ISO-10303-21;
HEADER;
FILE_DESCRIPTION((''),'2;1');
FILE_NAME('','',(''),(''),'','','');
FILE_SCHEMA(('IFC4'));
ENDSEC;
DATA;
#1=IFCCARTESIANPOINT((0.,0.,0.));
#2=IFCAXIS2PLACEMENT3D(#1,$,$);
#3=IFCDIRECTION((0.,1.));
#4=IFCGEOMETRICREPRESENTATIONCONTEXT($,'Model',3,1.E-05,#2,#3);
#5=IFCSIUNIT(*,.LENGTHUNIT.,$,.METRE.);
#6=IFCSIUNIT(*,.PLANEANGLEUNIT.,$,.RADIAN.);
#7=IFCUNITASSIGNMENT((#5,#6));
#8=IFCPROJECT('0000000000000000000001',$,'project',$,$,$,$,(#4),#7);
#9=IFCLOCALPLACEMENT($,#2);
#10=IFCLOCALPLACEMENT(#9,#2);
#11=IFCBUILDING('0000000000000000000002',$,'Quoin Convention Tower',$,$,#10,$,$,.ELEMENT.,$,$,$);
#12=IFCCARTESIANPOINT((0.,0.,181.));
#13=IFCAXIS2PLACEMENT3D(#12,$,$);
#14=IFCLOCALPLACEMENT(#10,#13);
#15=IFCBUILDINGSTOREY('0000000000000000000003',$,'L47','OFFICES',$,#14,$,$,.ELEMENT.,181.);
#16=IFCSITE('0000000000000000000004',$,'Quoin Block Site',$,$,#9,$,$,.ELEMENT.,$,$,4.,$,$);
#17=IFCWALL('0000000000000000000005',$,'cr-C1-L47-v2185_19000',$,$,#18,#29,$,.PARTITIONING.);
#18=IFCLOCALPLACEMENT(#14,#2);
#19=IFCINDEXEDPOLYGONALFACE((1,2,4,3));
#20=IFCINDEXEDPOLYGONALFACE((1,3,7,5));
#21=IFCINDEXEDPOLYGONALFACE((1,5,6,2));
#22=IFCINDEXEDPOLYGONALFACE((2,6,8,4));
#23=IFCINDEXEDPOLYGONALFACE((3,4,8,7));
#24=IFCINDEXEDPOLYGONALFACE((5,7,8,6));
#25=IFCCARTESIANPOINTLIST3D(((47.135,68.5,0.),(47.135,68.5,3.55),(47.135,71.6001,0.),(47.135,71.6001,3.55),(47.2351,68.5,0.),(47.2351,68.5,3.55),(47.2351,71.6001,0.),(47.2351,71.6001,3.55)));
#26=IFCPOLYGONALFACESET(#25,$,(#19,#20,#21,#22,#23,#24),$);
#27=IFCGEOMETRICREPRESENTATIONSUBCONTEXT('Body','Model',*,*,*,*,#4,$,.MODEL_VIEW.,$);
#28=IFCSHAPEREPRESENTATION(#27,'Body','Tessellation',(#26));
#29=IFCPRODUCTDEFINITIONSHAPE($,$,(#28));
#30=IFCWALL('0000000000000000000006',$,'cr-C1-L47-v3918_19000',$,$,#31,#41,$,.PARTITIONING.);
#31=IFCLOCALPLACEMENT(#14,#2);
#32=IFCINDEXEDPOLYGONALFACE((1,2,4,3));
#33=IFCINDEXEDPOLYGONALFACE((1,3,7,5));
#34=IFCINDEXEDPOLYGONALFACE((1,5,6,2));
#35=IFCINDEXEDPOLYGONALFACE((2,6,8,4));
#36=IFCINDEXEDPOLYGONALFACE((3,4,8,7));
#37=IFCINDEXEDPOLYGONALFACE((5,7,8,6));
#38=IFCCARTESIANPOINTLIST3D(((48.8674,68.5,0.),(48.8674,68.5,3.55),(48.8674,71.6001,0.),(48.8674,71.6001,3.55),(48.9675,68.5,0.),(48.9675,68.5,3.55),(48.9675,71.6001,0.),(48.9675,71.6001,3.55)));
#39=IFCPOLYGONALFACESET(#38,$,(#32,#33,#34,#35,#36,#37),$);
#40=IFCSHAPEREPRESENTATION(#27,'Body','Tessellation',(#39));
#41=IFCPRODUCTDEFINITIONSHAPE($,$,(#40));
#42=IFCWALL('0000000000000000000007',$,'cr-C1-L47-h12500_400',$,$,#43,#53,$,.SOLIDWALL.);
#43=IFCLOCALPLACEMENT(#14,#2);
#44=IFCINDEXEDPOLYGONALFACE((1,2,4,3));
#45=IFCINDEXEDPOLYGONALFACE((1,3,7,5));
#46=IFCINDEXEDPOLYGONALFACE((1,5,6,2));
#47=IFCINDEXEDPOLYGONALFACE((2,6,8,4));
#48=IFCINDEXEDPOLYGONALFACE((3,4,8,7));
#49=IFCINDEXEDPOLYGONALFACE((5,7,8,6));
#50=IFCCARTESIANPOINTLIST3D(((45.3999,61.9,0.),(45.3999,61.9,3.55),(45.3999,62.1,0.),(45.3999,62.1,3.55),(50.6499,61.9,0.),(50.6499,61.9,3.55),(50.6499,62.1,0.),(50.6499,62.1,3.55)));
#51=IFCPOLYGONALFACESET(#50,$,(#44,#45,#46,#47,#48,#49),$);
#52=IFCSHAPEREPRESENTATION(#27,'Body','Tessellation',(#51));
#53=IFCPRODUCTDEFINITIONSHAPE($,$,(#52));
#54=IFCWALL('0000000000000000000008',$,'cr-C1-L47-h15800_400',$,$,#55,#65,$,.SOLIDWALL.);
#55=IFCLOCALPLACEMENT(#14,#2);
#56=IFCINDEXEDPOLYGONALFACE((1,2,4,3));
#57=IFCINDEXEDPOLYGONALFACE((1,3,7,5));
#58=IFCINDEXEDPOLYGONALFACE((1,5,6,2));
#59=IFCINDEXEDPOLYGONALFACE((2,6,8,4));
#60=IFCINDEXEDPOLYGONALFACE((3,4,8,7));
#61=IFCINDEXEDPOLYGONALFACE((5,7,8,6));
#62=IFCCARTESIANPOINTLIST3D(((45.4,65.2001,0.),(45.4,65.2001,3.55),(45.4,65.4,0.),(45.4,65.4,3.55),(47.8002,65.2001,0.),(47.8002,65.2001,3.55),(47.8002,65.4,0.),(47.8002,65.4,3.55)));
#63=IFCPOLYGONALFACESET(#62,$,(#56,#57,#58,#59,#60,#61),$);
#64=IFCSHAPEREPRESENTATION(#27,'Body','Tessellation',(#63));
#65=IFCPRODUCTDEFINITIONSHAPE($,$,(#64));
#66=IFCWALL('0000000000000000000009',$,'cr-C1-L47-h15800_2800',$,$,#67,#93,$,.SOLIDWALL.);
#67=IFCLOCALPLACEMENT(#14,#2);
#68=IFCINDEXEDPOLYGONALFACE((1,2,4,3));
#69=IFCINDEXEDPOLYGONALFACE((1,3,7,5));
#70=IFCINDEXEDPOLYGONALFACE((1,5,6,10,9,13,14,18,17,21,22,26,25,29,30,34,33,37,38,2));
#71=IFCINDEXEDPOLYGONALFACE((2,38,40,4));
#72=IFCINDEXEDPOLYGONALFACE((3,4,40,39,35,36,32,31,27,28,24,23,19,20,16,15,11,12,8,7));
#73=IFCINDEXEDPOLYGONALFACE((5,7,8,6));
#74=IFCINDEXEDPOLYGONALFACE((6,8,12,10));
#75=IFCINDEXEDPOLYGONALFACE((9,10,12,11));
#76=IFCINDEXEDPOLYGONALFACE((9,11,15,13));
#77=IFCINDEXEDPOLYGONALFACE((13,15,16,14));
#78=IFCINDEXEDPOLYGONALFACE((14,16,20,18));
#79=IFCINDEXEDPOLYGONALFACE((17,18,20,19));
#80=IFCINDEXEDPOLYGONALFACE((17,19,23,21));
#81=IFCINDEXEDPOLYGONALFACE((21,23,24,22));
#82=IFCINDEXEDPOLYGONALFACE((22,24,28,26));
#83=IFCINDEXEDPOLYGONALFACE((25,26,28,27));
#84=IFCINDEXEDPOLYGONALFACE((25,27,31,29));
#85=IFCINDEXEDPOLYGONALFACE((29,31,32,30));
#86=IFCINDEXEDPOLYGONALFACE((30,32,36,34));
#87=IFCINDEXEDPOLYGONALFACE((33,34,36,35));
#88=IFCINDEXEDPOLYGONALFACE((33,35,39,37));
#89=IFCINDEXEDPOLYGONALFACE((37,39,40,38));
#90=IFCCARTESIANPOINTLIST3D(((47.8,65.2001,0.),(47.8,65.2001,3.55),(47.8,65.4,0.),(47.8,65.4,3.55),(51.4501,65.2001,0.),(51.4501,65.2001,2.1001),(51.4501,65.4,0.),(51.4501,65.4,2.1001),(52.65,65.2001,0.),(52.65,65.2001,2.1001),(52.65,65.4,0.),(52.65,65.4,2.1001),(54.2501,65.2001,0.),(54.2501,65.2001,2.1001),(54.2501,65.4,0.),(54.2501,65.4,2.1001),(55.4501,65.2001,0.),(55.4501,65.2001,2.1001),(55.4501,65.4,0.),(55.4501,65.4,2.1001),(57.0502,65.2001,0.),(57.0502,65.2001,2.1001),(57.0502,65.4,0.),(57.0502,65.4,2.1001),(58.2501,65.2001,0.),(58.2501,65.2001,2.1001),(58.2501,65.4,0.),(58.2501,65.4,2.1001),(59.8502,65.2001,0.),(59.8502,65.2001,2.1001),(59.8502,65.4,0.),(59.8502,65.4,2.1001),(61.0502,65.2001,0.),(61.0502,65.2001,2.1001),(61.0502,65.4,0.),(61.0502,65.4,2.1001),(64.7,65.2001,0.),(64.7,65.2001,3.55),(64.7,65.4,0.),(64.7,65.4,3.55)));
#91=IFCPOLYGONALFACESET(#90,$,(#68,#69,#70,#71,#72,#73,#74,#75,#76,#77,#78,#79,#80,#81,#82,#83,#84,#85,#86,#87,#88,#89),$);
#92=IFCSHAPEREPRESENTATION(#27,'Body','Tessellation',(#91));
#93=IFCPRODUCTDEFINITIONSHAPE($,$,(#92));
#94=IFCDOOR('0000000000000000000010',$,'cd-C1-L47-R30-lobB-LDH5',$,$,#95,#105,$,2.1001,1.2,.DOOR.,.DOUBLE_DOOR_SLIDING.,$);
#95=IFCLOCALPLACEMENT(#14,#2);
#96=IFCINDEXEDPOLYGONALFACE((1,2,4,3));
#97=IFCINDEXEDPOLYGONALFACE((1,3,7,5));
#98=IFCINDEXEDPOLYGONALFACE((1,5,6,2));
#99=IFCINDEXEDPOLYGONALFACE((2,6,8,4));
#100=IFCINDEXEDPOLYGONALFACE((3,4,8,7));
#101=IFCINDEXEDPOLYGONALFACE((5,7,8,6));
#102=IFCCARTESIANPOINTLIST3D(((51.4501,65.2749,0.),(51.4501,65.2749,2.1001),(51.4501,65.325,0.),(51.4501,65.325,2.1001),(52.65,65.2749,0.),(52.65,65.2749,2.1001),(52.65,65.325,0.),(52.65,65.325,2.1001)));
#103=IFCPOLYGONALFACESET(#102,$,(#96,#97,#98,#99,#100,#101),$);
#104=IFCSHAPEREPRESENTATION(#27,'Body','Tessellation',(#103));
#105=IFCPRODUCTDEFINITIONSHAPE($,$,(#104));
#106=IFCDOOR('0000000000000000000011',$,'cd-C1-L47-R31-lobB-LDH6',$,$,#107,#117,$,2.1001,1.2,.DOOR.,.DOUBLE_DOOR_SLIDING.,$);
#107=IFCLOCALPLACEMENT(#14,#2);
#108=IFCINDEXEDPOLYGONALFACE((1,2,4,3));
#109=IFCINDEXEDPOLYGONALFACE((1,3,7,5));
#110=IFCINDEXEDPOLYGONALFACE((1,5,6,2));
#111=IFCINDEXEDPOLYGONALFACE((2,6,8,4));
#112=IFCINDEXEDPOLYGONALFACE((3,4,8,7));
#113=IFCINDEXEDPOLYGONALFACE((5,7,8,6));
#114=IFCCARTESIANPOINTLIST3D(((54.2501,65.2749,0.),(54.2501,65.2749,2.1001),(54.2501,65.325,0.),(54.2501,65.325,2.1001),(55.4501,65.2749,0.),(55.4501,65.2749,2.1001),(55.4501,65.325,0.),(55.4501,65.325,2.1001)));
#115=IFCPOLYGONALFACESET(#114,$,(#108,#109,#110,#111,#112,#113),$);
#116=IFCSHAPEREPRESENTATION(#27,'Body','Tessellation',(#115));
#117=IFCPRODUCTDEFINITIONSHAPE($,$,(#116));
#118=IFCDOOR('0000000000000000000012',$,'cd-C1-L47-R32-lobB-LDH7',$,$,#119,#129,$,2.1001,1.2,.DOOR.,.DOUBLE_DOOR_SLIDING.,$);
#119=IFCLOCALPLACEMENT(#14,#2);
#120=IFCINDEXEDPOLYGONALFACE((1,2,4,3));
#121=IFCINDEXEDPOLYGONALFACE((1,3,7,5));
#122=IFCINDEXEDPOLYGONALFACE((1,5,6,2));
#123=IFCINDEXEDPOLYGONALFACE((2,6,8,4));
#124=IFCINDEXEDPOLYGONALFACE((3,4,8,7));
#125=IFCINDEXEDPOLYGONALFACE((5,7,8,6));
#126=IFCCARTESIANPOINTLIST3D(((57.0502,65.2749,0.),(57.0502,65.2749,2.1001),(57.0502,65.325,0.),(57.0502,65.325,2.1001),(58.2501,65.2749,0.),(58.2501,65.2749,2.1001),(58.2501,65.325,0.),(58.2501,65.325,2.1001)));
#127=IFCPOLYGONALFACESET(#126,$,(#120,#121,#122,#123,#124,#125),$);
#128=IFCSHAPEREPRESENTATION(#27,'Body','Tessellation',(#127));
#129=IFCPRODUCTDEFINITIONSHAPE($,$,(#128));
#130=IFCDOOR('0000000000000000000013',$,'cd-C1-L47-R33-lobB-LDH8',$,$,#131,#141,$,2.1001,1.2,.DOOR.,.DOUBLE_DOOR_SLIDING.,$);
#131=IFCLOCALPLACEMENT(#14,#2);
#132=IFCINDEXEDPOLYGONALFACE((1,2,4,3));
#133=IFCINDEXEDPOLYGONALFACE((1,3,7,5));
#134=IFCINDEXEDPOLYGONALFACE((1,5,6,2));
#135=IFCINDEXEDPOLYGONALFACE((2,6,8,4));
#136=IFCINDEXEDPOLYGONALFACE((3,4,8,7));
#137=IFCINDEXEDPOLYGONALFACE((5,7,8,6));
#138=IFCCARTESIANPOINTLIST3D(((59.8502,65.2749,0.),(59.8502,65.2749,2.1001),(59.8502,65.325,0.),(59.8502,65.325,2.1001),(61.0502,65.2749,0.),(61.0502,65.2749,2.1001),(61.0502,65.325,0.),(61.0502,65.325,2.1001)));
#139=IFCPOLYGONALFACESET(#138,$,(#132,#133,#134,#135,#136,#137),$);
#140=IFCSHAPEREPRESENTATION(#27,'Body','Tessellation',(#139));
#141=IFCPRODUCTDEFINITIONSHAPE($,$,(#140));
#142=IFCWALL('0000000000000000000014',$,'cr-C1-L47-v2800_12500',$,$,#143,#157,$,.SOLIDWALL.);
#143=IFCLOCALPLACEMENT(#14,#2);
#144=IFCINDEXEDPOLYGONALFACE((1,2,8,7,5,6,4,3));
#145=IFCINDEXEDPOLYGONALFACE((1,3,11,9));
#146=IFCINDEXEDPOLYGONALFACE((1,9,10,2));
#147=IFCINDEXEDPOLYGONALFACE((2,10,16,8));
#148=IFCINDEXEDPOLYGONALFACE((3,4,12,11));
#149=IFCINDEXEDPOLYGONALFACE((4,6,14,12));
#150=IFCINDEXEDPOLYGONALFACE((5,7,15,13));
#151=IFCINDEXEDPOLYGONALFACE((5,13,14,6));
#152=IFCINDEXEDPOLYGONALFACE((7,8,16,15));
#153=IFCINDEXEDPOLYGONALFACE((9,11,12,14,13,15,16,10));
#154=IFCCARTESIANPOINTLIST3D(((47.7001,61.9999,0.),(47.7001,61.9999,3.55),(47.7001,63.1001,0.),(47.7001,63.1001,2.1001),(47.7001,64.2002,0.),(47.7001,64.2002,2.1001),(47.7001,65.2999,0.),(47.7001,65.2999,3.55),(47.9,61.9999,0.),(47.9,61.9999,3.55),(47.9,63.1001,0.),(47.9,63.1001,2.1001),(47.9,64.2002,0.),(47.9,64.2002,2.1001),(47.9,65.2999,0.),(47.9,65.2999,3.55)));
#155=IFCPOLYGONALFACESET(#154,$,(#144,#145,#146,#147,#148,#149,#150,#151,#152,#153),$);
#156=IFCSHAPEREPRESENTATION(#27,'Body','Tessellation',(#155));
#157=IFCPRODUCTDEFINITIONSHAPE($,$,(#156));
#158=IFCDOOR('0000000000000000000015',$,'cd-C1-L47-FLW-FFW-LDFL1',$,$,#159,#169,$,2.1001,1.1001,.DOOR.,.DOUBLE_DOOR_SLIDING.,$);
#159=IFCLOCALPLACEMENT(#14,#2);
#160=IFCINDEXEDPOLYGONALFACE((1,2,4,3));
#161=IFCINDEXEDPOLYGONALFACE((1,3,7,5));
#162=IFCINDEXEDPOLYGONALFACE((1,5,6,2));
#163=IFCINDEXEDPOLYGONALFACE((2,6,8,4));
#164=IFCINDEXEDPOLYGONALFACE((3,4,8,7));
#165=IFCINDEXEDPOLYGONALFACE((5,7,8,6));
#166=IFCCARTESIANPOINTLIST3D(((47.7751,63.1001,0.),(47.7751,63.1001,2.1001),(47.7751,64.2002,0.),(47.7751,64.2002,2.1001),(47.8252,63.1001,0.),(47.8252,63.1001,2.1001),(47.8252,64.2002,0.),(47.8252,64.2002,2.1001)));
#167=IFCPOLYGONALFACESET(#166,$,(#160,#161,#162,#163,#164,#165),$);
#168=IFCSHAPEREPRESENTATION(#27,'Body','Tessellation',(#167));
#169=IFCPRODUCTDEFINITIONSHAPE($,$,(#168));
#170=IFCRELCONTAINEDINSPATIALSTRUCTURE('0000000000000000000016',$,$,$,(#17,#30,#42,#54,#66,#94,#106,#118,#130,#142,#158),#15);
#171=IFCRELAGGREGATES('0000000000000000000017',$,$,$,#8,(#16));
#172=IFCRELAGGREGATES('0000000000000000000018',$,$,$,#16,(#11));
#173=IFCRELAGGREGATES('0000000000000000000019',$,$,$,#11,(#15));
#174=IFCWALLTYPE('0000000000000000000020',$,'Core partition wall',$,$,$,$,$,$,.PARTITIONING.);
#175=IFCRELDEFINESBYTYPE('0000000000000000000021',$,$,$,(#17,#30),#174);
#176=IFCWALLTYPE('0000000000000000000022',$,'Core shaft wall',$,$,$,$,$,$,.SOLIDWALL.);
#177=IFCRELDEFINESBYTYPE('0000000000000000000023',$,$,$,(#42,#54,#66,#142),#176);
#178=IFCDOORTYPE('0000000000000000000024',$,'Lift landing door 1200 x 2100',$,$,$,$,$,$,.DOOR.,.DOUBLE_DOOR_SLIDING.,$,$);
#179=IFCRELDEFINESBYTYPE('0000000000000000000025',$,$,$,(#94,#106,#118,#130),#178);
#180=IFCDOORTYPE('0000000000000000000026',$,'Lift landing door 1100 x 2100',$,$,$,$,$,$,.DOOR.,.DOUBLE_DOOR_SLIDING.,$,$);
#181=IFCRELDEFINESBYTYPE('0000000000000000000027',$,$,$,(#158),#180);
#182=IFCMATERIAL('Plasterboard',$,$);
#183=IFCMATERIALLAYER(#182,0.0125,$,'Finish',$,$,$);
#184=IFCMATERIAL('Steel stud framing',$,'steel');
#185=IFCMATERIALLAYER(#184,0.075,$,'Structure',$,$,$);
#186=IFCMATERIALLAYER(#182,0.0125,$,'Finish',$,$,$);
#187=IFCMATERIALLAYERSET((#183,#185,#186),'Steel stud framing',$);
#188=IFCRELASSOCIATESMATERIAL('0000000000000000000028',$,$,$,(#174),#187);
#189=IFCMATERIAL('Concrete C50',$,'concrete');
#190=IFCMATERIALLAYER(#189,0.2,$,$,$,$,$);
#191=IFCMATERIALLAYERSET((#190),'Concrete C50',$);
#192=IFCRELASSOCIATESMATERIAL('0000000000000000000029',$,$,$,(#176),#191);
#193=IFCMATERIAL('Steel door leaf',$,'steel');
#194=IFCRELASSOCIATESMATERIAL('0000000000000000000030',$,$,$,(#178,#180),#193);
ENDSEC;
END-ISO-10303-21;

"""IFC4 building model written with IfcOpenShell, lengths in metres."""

from ifc_helpers import new_model, si_unit, direction, frame, frame_2d, origin, place, context, subcontext, project, spatial, rectangle, extrude, material, layer, layer_set, type_object, element, fill, save


model = new_model("IFC4")

# Units and contexts
model_context = context("Model", 3, precision=1e-05, world=origin(), true_north=direction((0.0, 1.0)))
body_context = subcontext(model_context, "Body", "Model", "MODEL_VIEW")
ifc_project = project(units=[si_unit("LENGTHUNIT", "METRE"), si_unit("PLANEANGLEUNIT", "RADIAN")], contexts=[model_context])

# Site, building, storey
site_placement = place(None, origin())
site = spatial("IfcSite", under=ifc_project, at=site_placement, Name="Quoin Block Site", CompositionType="ELEMENT", RefElevation=4.0)
building_placement = place(site_placement, origin())
building = spatial("IfcBuilding", under=site, at=building_placement, Name="Quoin Convention Tower", CompositionType="ELEMENT")
storey_placement = place(building_placement, frame((0.0, 0.0, 181.0)))
storey = spatial("IfcBuildingStorey", under=building, at=storey_placement, Name="L47", Description="OFFICES", CompositionType="ELEMENT", Elevation=181.0)

# Shared definitions
ifc_material_1 = material(Name="Plasterboard")
ifc_layer_1 = layer(ifc_material_1, 0.0125, Name="Finish")
ifc_material_2 = material(Name="Steel stud framing", Category="steel")
ifc_layer_2 = layer(ifc_material_2, 0.075, Name="Structure")
ifc_layer_3 = layer(ifc_material_1, 0.0125, Name="Finish")
ifc_layer_set_1 = layer_set([ifc_layer_1, ifc_layer_2, ifc_layer_3], Name="Steel stud framing")
wall_type_1 = type_object("IfcWallType", Name="Core partition wall", PredefinedType="PARTITIONING", material=ifc_layer_set_1)
ifc_material_3 = material(Name="Steel door leaf", Category="steel")

# Walls
for number, where, z_axis, x_axis, name in (
    (1, (47.1851, 68.5, 0.0), (0.0, 0.0, 1.0), (0.0, 1.0, 0.0), "cr-C1-L47-v2185_19000"),
    (2, (48.9175, 68.5, 0.0), (0.0, 0.0, 1.0), (0.0, 1.0, 0.0), "cr-C1-L47-v3918_19000"),
):
    element("IfcWall", number, at=place(storey_placement, frame(where, z_axis=z_axis, x_axis=x_axis)), inside=storey, type_object=wall_type_1, Name=name, PredefinedType="PARTITIONING", context=body_context, shape_type="SweptSolid", body=[
        extrude(rectangle(XDim=3.1001, YDim=0.1001, at=frame_2d((1.55, 0.0))), origin(), (0.0, 0.0, 1.0), 3.55),
    ])
ifc_material_4 = material(Name="Concrete C50", Category="concrete")
ifc_layer_4 = layer(ifc_material_4, 0.2)
ifc_layer_set_2 = layer_set([ifc_layer_4], Name="Concrete C50")
wall_type_2 = type_object("IfcWallType", Name="Core shaft wall", PredefinedType="SOLIDWALL", material=ifc_layer_set_2)
wall_1_placement = place(storey_placement, frame((45.3999, 62.0, 0.0), z_axis=(0.0, 0.0, 1.0), x_axis=(1.0, 0.0, 0.0)))
element("IfcWall", 3, at=wall_1_placement, inside=storey, type_object=wall_type_2, Name="cr-C1-L47-h12500_400", PredefinedType="SOLIDWALL", context=body_context, shape_type="SweptSolid", body=[
    extrude(rectangle(XDim=5.25, YDim=0.2, at=frame_2d((2.625, 0.0))), origin(), (0.0, 0.0, 1.0), 3.55),
])
wall_2_placement = place(storey_placement, frame((45.3999, 65.3, 0.0), z_axis=(0.0, 0.0, 1.0), x_axis=(1.0, 0.0, 0.0)))
element("IfcWall", 4, at=wall_2_placement, inside=storey, type_object=wall_type_2, Name="cr-C1-L47-h15800_400", PredefinedType="SOLIDWALL", context=body_context, shape_type="SweptSolid", body=[
    extrude(rectangle(XDim=2.4001, YDim=0.2, at=frame_2d((1.2002, 0.0))), origin(), (0.0, 0.0, 1.0), 3.55),
])

# Wall, openings, doors
wall_3_placement = place(storey_placement, frame((47.8, 65.3, 0.0), z_axis=(0.0, 0.0, 1.0), x_axis=(1.0, 0.0, 0.0)))
wall_3 = element("IfcWall", 5, at=wall_3_placement, inside=storey, type_object=wall_type_2, Name="cr-C1-L47-h15800_2800", PredefinedType="SOLIDWALL", context=body_context, shape_type="SweptSolid", body=[
    extrude(rectangle(XDim=16.8999, YDim=0.2, at=frame_2d((8.45, 0.0))), origin(), (0.0, 0.0, 1.0), 3.55),
])
opening_1_placement = place(wall_3_placement, frame((3.6499, 0.0, 0.0)))
opening_1 = element("IfcOpeningElement", 6, at=opening_1_placement, cuts=wall_3, PredefinedType="OPENING", context=body_context, shape_type="SweptSolid", body=[
    extrude(rectangle(XDim=1.2, YDim=2.1001, at=frame_2d((0.6001, 1.05))), frame((0.0, 0.1099, 0.0), z_axis=(0.0, -1.0, 0.0), x_axis=(1.0, 0.0, 0.0)), (0.0, 0.0, 1.0), 0.22),
])
opening_2_placement = place(wall_3_placement, frame((6.45, 0.0, 0.0)))
opening_2 = element("IfcOpeningElement", 7, at=opening_2_placement, cuts=wall_3, PredefinedType="OPENING", context=body_context, shape_type="SweptSolid", body=[
    extrude(rectangle(XDim=1.2, YDim=2.1001, at=frame_2d((0.6001, 1.05))), frame((0.0, 0.1099, 0.0), z_axis=(0.0, -1.0, 0.0), x_axis=(1.0, 0.0, 0.0)), (0.0, 0.0, 1.0), 0.22),
])
opening_3_placement = place(wall_3_placement, frame((9.25, 0.0, 0.0)))
opening_3 = element("IfcOpeningElement", 8, at=opening_3_placement, cuts=wall_3, PredefinedType="OPENING", context=body_context, shape_type="SweptSolid", body=[
    extrude(rectangle(XDim=1.2, YDim=2.1001, at=frame_2d((0.6001, 1.05))), frame((0.0, 0.1099, 0.0), z_axis=(0.0, -1.0, 0.0), x_axis=(1.0, 0.0, 0.0)), (0.0, 0.0, 1.0), 0.22),
])
opening_4_placement = place(wall_3_placement, frame((12.05, 0.0, 0.0)))
opening_4 = element("IfcOpeningElement", 9, at=opening_4_placement, cuts=wall_3, PredefinedType="OPENING", context=body_context, shape_type="SweptSolid", body=[
    extrude(rectangle(XDim=1.2, YDim=2.1001, at=frame_2d((0.6001, 1.05))), frame((0.0, 0.1099, 0.0), z_axis=(0.0, -1.0, 0.0), x_axis=(1.0, 0.0, 0.0)), (0.0, 0.0, 1.0), 0.22),
])
door_type_1 = type_object("IfcDoorType", Name="Lift landing door 1200 x 2100", OperationType="DOUBLE_DOOR_SLIDING", PredefinedType="DOOR", material=ifc_material_3)
door_1_placement = place(opening_1_placement, origin())
door_1 = element("IfcDoor", 10, at=door_1_placement, inside=storey, type_object=door_type_1, Name="cd-C1-L47-R30-lobB-LDH5", OperationType="DOUBLE_DOOR_SLIDING", OverallHeight=2.1001, OverallWidth=1.2, PredefinedType="DOOR", context=body_context, shape_type="SweptSolid", body=[
    extrude(rectangle(XDim=1.2, YDim=2.1001, at=frame_2d((0.6001, 1.05))), frame((0.0, 0.0249, 0.0), z_axis=(0.0, -1.0, 0.0), x_axis=(1.0, 0.0, 0.0)), (0.0, 0.0, 1.0), 0.05),
])
fill(opening_1, door_1)
door_2_placement = place(opening_2_placement, origin())
door_2 = element("IfcDoor", 11, at=door_2_placement, inside=storey, type_object=door_type_1, Name="cd-C1-L47-R31-lobB-LDH6", OperationType="DOUBLE_DOOR_SLIDING", OverallHeight=2.1001, OverallWidth=1.2, PredefinedType="DOOR", context=body_context, shape_type="SweptSolid", body=[
    extrude(rectangle(XDim=1.2, YDim=2.1001, at=frame_2d((0.6001, 1.05))), frame((0.0, 0.0249, 0.0), z_axis=(0.0, -1.0, 0.0), x_axis=(1.0, 0.0, 0.0)), (0.0, 0.0, 1.0), 0.05),
])
fill(opening_2, door_2)
door_3_placement = place(opening_3_placement, origin())
door_3 = element("IfcDoor", 12, at=door_3_placement, inside=storey, type_object=door_type_1, Name="cd-C1-L47-R32-lobB-LDH7", OperationType="DOUBLE_DOOR_SLIDING", OverallHeight=2.1001, OverallWidth=1.2, PredefinedType="DOOR", context=body_context, shape_type="SweptSolid", body=[
    extrude(rectangle(XDim=1.2, YDim=2.1001, at=frame_2d((0.6001, 1.05))), frame((0.0, 0.0249, 0.0), z_axis=(0.0, -1.0, 0.0), x_axis=(1.0, 0.0, 0.0)), (0.0, 0.0, 1.0), 0.05),
])
fill(opening_3, door_3)
door_4_placement = place(opening_4_placement, origin())
door_4 = element("IfcDoor", 13, at=door_4_placement, inside=storey, type_object=door_type_1, Name="cd-C1-L47-R33-lobB-LDH8", OperationType="DOUBLE_DOOR_SLIDING", OverallHeight=2.1001, OverallWidth=1.2, PredefinedType="DOOR", context=body_context, shape_type="SweptSolid", body=[
    extrude(rectangle(XDim=1.2, YDim=2.1001, at=frame_2d((0.6001, 1.05))), frame((0.0, 0.0249, 0.0), z_axis=(0.0, -1.0, 0.0), x_axis=(1.0, 0.0, 0.0)), (0.0, 0.0, 1.0), 0.05),
])
fill(opening_4, door_4)

# Wall, opening, door
wall_4_placement = place(storey_placement, frame((47.8, 62.0, 0.0), z_axis=(0.0, 0.0, 1.0), x_axis=(0.0, 1.0, 0.0)))
wall_4 = element("IfcWall", 14, at=wall_4_placement, inside=storey, type_object=wall_type_2, Name="cr-C1-L47-v2800_12500", PredefinedType="SOLIDWALL", context=body_context, shape_type="SweptSolid", body=[
    extrude(rectangle(XDim=3.3, YDim=0.2, at=frame_2d((1.6499, 0.0))), origin(), (0.0, 0.0, 1.0), 3.55),
])
opening_5_placement = place(wall_4_placement, frame((1.1001, 0.0, 0.0)))
opening_5 = element("IfcOpeningElement", 15, at=opening_5_placement, cuts=wall_4, PredefinedType="OPENING", context=body_context, shape_type="SweptSolid", body=[
    extrude(rectangle(XDim=1.1001, YDim=2.1001, at=frame_2d((0.55, 1.05))), frame((0.0, 0.1099, 0.0), z_axis=(0.0, -1.0, 0.0), x_axis=(1.0, 0.0, 0.0)), (0.0, 0.0, 1.0), 0.22),
])
door_type_2 = type_object("IfcDoorType", Name="Lift landing door 1100 x 2100", OperationType="DOUBLE_DOOR_SLIDING", PredefinedType="DOOR", material=ifc_material_3)
door_5_placement = place(opening_5_placement, origin())
door_5 = element("IfcDoor", 16, at=door_5_placement, inside=storey, type_object=door_type_2, Name="cd-C1-L47-FLW-FFW-LDFL1", OperationType="DOUBLE_DOOR_SLIDING", OverallHeight=2.1001, OverallWidth=1.1001, PredefinedType="DOOR", context=body_context, shape_type="SweptSolid", body=[
    extrude(rectangle(XDim=1.1001, YDim=2.1001, at=frame_2d((0.55, 1.05))), frame((0.0, 0.0249, 0.0), z_axis=(0.0, -1.0, 0.0), x_axis=(1.0, 0.0, 0.0)), (0.0, 0.0, 1.0), 0.05),
])
fill(opening_5, door_5)

save(model, "model.ifc")
